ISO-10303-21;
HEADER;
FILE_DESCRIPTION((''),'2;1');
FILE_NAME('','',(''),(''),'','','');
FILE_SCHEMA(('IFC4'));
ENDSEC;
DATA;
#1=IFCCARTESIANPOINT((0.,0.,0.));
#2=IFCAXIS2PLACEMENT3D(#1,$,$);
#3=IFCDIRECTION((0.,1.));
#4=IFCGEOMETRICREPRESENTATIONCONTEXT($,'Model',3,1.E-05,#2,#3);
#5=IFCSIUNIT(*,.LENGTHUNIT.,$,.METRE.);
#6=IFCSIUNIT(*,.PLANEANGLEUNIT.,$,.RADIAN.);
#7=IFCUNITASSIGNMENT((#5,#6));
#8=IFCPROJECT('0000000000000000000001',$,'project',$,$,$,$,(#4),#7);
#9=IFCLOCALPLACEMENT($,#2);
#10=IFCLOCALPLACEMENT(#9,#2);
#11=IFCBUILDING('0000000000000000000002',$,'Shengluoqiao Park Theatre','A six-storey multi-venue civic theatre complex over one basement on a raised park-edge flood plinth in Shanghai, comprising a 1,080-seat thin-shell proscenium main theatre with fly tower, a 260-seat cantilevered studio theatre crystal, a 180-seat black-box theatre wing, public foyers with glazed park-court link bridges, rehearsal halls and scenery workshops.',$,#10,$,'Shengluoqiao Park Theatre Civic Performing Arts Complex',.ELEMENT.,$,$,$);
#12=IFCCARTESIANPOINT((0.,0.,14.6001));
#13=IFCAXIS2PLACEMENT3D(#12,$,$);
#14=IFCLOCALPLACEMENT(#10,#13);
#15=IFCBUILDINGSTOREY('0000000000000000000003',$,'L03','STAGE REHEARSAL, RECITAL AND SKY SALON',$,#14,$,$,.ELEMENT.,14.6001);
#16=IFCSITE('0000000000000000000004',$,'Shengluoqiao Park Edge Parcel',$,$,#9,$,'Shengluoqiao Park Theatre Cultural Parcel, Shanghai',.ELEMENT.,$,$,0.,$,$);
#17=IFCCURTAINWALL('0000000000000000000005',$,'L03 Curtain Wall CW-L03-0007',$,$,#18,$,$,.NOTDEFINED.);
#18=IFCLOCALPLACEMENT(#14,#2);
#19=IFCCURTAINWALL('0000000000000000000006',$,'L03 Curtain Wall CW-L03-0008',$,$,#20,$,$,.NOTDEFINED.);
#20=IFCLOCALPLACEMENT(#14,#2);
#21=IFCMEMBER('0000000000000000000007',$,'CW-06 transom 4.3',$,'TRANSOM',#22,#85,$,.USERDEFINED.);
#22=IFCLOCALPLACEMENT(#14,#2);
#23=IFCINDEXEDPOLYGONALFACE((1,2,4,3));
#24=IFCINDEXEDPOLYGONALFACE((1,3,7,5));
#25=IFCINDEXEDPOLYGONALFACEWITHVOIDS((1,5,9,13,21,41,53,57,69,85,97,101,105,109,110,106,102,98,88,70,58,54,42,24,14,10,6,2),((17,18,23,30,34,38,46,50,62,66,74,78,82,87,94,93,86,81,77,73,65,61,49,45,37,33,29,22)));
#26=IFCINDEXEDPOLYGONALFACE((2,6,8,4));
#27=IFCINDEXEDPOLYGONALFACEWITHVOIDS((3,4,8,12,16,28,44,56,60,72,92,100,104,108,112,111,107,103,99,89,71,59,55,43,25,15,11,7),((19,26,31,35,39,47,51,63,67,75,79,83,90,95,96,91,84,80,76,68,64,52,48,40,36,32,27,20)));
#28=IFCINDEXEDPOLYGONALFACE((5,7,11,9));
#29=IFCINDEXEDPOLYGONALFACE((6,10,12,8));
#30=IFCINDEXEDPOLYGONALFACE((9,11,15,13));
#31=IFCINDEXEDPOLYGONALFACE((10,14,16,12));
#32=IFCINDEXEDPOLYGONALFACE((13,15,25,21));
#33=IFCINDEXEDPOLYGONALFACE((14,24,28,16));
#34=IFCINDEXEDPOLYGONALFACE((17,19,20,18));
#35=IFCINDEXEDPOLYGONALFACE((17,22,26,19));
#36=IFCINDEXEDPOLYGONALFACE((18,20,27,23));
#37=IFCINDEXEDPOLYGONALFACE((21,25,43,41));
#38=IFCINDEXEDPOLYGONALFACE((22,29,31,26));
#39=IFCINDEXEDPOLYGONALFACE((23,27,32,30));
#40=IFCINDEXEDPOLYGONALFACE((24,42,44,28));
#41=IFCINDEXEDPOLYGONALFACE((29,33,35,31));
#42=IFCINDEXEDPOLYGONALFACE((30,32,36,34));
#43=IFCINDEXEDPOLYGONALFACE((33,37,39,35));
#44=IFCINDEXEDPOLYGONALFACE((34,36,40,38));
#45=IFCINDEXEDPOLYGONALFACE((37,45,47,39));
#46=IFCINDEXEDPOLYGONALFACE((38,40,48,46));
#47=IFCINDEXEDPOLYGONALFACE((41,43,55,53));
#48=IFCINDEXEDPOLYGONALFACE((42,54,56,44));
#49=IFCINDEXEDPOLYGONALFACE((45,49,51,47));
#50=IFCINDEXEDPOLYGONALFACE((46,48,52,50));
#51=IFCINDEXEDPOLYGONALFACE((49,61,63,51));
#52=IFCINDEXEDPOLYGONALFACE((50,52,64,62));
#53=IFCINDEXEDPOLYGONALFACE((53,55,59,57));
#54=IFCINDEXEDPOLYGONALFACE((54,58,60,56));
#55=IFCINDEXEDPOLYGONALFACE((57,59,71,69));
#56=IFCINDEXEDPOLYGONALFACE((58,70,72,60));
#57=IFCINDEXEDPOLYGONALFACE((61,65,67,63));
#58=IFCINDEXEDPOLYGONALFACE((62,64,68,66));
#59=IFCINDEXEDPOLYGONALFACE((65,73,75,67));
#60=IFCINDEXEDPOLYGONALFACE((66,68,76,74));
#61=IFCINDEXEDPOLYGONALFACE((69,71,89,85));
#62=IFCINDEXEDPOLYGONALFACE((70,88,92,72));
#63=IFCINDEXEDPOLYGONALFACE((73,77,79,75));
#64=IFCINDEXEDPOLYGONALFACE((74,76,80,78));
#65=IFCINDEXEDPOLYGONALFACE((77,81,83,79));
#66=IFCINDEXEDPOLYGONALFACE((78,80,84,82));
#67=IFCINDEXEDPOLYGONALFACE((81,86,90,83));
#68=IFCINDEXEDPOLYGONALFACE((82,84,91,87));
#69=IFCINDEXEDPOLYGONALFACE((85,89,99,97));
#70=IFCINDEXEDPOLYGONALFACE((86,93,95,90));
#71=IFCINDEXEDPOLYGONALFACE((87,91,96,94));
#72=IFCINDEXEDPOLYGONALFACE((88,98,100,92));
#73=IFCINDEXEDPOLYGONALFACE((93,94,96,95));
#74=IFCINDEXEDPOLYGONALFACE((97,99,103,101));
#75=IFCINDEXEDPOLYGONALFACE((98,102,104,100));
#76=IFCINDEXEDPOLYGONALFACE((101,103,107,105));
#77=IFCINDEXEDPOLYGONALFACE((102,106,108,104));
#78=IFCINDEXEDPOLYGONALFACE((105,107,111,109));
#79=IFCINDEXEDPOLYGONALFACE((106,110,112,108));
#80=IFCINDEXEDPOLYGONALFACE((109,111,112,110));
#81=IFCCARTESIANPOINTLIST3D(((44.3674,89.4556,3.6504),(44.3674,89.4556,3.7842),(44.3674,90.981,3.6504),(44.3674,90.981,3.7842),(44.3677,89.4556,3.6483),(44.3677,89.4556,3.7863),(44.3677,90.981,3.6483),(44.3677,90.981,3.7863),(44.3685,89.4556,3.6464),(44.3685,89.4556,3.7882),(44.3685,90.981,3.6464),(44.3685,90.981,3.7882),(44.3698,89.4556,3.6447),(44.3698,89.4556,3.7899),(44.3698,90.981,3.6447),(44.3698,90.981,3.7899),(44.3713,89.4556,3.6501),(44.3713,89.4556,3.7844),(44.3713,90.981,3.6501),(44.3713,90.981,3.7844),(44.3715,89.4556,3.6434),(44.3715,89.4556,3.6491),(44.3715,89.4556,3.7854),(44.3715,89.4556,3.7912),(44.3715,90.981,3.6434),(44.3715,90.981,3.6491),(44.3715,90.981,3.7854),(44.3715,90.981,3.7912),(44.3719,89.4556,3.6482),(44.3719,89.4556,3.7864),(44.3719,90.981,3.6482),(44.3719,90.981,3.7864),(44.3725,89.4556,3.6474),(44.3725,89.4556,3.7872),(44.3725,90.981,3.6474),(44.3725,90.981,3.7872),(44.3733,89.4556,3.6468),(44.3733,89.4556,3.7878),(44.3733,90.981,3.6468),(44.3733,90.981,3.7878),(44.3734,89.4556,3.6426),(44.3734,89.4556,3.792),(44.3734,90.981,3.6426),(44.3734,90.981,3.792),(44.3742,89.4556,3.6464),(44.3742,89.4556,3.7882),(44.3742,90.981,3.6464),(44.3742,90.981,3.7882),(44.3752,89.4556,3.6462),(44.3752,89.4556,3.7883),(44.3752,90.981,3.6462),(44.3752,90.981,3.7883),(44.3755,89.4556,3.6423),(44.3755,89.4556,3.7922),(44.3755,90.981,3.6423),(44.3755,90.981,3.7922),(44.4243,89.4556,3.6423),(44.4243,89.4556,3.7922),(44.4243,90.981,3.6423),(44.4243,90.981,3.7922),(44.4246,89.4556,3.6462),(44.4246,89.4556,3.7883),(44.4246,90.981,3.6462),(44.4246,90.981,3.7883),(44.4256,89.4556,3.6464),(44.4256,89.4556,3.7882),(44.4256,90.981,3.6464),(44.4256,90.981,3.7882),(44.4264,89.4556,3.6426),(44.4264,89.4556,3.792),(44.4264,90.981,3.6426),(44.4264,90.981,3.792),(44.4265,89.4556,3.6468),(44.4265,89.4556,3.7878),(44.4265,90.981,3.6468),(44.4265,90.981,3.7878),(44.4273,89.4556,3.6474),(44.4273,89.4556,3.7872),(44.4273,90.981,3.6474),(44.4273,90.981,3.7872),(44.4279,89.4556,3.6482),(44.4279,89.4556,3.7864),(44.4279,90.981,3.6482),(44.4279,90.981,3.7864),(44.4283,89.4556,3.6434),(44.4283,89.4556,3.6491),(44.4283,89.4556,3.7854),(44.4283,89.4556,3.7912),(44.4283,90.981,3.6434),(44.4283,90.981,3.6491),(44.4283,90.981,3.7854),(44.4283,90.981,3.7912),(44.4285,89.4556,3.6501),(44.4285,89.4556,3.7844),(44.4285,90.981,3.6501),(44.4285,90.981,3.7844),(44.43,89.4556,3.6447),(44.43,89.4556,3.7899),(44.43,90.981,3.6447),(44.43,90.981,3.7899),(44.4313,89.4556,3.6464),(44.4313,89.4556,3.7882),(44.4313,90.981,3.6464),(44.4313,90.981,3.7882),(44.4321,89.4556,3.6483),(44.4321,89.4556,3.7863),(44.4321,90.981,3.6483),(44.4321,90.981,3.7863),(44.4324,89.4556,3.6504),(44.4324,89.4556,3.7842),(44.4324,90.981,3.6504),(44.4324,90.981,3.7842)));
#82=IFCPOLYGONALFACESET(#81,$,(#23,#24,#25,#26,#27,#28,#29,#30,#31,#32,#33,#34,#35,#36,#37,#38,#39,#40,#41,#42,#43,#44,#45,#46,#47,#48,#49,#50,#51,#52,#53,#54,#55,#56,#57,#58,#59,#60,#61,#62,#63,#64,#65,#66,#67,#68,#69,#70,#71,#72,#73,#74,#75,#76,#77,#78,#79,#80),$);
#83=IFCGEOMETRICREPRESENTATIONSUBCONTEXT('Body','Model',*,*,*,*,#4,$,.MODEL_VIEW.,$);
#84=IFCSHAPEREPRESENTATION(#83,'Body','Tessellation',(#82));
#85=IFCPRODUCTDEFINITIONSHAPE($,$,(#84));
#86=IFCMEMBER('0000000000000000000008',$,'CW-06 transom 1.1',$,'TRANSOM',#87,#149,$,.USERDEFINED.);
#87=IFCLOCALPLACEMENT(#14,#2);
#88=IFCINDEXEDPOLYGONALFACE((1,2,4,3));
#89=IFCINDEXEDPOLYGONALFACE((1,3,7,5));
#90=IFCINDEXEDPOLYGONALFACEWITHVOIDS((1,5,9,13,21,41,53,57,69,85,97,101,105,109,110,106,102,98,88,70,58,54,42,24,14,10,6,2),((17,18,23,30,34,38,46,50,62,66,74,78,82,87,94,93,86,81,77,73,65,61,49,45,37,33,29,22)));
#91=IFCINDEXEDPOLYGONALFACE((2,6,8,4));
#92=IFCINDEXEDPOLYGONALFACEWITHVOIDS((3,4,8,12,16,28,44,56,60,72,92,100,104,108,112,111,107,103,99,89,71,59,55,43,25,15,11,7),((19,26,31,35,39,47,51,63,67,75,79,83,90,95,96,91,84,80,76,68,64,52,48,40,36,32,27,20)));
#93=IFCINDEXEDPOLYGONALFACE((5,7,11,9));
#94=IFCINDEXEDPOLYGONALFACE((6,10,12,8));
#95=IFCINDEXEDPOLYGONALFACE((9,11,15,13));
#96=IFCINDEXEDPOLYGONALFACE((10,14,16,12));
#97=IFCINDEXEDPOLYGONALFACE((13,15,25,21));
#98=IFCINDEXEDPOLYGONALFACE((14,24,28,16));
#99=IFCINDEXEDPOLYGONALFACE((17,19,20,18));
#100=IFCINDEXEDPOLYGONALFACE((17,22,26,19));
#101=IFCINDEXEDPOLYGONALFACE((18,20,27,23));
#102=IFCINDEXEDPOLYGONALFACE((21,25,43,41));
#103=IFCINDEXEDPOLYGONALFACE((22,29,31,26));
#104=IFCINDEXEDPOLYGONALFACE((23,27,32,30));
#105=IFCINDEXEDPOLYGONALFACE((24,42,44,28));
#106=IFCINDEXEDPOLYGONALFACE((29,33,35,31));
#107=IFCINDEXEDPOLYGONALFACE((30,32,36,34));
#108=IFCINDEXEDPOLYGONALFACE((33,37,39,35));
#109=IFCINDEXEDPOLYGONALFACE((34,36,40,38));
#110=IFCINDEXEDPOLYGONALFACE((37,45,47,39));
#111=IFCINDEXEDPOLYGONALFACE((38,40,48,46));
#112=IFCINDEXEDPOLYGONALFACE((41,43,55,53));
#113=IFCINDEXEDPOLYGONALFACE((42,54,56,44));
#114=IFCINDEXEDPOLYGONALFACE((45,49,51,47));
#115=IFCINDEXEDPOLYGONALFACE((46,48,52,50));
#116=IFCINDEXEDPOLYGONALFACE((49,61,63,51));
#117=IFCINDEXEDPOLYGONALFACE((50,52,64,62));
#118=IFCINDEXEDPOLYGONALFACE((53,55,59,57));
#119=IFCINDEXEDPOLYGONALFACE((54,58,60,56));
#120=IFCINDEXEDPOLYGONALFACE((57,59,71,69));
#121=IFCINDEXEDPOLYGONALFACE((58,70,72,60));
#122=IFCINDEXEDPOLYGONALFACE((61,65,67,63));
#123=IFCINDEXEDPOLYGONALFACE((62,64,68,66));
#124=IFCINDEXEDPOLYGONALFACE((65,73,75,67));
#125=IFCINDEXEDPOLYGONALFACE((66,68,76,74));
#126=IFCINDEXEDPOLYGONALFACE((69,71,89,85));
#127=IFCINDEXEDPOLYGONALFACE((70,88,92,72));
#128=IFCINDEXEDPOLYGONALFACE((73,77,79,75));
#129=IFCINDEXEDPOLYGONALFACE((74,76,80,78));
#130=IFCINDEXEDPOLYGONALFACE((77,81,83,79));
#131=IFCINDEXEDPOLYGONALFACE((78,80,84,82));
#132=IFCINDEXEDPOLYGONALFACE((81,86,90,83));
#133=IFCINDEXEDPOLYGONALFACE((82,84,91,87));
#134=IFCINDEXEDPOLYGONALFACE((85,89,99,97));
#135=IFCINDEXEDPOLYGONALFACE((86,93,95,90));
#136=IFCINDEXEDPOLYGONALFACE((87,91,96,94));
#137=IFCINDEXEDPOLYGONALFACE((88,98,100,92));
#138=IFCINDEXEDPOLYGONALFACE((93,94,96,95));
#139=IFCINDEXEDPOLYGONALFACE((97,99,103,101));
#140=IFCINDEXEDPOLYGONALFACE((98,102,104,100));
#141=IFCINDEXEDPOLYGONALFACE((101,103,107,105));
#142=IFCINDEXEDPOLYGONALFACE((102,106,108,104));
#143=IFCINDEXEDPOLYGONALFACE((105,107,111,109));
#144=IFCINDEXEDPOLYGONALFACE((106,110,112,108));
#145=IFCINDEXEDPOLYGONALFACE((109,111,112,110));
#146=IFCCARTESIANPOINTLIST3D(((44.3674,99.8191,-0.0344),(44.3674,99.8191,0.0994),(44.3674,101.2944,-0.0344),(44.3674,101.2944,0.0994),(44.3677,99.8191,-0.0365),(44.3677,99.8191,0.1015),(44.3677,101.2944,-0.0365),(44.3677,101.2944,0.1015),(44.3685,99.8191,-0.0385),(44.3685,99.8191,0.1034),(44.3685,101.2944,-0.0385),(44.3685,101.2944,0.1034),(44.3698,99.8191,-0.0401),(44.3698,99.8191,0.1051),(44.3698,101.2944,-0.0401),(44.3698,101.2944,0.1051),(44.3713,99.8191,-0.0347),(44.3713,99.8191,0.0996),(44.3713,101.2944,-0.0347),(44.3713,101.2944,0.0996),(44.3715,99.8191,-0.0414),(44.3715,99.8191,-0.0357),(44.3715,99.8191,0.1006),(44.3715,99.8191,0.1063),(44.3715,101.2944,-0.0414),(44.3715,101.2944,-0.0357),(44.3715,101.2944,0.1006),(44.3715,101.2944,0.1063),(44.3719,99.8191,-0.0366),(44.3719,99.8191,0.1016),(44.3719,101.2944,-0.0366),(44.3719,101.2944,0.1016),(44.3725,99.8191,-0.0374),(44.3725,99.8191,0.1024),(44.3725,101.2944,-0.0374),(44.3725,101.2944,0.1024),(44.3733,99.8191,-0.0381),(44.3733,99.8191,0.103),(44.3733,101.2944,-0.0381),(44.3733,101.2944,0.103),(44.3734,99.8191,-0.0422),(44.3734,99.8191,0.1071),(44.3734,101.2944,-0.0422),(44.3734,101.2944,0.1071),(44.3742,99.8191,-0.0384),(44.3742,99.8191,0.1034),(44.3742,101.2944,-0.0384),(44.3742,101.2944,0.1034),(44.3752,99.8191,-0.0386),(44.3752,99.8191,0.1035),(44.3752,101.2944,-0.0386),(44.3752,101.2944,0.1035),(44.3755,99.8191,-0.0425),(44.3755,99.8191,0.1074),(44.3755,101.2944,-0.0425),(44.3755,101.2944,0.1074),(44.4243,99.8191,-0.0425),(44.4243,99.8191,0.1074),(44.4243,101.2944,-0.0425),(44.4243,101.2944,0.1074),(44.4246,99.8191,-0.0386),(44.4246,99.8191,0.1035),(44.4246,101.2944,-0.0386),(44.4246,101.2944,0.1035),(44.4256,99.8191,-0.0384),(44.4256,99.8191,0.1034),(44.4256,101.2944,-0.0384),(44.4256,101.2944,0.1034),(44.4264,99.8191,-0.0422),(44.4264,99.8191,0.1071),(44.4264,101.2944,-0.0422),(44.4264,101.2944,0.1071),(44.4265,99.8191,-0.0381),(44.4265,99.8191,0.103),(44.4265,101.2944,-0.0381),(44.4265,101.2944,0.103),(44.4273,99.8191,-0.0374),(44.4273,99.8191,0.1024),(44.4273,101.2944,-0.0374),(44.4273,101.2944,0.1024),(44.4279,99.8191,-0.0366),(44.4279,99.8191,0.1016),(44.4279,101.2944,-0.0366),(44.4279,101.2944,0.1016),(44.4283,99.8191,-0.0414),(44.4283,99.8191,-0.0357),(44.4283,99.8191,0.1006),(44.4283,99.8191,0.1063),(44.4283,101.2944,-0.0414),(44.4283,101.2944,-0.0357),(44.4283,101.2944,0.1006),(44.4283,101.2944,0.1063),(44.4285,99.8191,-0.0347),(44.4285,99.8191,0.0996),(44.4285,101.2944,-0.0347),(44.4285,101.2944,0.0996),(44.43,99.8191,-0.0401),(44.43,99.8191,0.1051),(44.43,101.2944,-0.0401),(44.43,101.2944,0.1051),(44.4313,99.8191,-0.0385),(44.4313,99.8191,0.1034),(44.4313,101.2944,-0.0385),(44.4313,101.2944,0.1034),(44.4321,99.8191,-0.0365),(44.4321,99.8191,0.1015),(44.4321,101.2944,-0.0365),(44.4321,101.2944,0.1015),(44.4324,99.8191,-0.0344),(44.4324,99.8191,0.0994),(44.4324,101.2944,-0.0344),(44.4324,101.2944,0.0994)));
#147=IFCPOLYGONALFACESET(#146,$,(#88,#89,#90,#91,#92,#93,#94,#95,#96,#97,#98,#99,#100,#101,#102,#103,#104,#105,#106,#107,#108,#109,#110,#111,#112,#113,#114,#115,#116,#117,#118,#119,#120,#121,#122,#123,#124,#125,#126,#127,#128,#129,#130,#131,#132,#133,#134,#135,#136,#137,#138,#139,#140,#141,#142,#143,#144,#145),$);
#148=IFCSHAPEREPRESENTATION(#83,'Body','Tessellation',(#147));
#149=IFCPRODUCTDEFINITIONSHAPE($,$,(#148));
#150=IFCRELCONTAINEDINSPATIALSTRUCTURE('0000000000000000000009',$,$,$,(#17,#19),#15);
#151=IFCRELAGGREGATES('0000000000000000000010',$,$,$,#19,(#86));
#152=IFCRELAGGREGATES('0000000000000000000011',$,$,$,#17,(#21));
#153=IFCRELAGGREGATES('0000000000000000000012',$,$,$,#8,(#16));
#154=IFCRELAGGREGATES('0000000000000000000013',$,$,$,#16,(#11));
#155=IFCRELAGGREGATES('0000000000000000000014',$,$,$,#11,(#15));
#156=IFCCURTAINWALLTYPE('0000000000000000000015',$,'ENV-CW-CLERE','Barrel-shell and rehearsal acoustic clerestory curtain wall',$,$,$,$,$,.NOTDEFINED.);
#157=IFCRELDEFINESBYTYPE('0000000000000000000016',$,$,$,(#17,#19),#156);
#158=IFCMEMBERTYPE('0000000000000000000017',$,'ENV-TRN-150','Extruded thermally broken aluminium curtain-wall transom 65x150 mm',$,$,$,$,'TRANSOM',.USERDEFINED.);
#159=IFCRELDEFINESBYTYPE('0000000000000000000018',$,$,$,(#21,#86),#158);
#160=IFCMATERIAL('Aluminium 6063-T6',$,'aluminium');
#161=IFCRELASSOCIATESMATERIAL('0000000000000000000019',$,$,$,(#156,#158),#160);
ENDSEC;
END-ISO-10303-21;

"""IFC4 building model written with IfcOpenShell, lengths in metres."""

from ifc_helpers import new_model, si_unit, direction, frame, origin, origin_2d, place, context, subcontext, project, spatial, hollow_rectangle, extrude, material, material_profile, profile_set, type_object, element, aggregate, save


model = new_model("IFC4")

# Units and contexts
model_context = context("Model", 3, precision=1e-05, world=origin(), true_north=direction((0.0, 1.0)))
body_context = subcontext(model_context, "Body", "Model", "MODEL_VIEW")
ifc_project = project(units=[si_unit("LENGTHUNIT", "METRE"), si_unit("PLANEANGLEUNIT", "RADIAN")], contexts=[model_context])

# Site, building, storey
site_placement = place(None, origin())
site = spatial("IfcSite", under=ifc_project, at=site_placement, Name="Shengluoqiao Park Edge Parcel", LongName="Shengluoqiao Park Theatre Cultural Parcel, Shanghai", CompositionType="ELEMENT", RefElevation=0.0)
building_placement = place(site_placement, origin())
building = spatial("IfcBuilding", under=site, at=building_placement, Name="Shengluoqiao Park Theatre", Description="A six-storey multi-venue civic theatre complex over one basement on a raised park-edge flood plinth in Shanghai, comprising a 1,080-seat thin-shell proscenium main theatre with fly tower, a 260-seat cantilevered studio theatre crystal, a 180-seat black-box theatre wing, public foyers with glazed park-court link bridges, rehearsal halls and scenery workshops.", LongName="Shengluoqiao Park Theatre Civic Performing Arts Complex", CompositionType="ELEMENT")
storey_placement = place(building_placement, frame((0.0, 0.0, 14.6001)))
storey = spatial("IfcBuildingStorey", under=building, at=storey_placement, Name="L03", Description="STAGE REHEARSAL, RECITAL AND SKY SALON", CompositionType="ELEMENT", Elevation=14.6001)

# Curtain wall
ifc_material_1 = material(Name="Aluminium 6063-T6", Category="aluminium")
curtain_wall_type = type_object("IfcCurtainWallType", Name="ENV-CW-CLERE", Description="Barrel-shell and rehearsal acoustic clerestory curtain wall", PredefinedType="NOTDEFINED", material=ifc_material_1)
curtain_wall_1_placement = place(storey_placement, origin())
curtain_wall_1 = element("IfcCurtainWall", 1, at=curtain_wall_1_placement, inside=storey, type_object=curtain_wall_type, Name="L03 Curtain Wall CW-L03-0007", PredefinedType="NOTDEFINED")

# Curtain wall
curtain_wall_2_placement = place(storey_placement, origin())
curtain_wall_2 = element("IfcCurtainWall", 2, at=curtain_wall_2_placement, inside=storey, type_object=curtain_wall_type, Name="L03 Curtain Wall CW-L03-0008", PredefinedType="NOTDEFINED")

# Members
ifc_material_profile_1 = material_profile(ifc_material_1, hollow_rectangle(XDim=0.0649, YDim=0.1499, WallThickness=0.0039, InnerFilletRadius=0.0039, OuterFilletRadius=0.0081, at=origin_2d()), Name="ALU TRANSOM 150x65x4")
ifc_profile_set_1 = profile_set([ifc_material_profile_1], Name="Aluminium 6063-T6")
member_type_1 = type_object("IfcMemberType", Name="ENV-TRN-150", Description="Extruded thermally broken aluminium curtain-wall transom 65x150 mm", ElementType="TRANSOM", PredefinedType="USERDEFINED", material=ifc_profile_set_1)
member_1_placement = place(storey_placement, frame((44.3999, 89.4556, 3.7173), z_axis=(0.0, 1.0, 0.0), x_axis=(-1.0, 0.0, 0.0)))
member_1 = element("IfcMember", 3, at=member_1_placement, type_object=member_type_1, Name="CW-06 transom 4.3", ObjectType="TRANSOM", PredefinedType="USERDEFINED", context=body_context, shape_type="SweptSolid", body=[
    extrude(hollow_rectangle(XDim=0.0649, YDim=0.1499, WallThickness=0.0039, InnerFilletRadius=0.0039, OuterFilletRadius=0.0081, at=origin_2d()), origin(), (0.0, 0.0, 1.0), 1.5254),
])
member_2_placement = place(storey_placement, frame((44.3999, 99.8191, 0.0325), z_axis=(0.0, 1.0, 0.0), x_axis=(-1.0, 0.0, 0.0)))
member_2 = element("IfcMember", 4, at=member_2_placement, type_object=member_type_1, Name="CW-06 transom 1.1", ObjectType="TRANSOM", PredefinedType="USERDEFINED", context=body_context, shape_type="SweptSolid", body=[
    extrude(hollow_rectangle(XDim=0.0649, YDim=0.1499, WallThickness=0.0039, InnerFilletRadius=0.0039, OuterFilletRadius=0.0081, at=origin_2d()), origin(), (0.0, 0.0, 1.0), 1.4753),
])
aggregate(curtain_wall_2, [member_2])

aggregate(curtain_wall_1, [member_1])

save(model, "model.ifc")
